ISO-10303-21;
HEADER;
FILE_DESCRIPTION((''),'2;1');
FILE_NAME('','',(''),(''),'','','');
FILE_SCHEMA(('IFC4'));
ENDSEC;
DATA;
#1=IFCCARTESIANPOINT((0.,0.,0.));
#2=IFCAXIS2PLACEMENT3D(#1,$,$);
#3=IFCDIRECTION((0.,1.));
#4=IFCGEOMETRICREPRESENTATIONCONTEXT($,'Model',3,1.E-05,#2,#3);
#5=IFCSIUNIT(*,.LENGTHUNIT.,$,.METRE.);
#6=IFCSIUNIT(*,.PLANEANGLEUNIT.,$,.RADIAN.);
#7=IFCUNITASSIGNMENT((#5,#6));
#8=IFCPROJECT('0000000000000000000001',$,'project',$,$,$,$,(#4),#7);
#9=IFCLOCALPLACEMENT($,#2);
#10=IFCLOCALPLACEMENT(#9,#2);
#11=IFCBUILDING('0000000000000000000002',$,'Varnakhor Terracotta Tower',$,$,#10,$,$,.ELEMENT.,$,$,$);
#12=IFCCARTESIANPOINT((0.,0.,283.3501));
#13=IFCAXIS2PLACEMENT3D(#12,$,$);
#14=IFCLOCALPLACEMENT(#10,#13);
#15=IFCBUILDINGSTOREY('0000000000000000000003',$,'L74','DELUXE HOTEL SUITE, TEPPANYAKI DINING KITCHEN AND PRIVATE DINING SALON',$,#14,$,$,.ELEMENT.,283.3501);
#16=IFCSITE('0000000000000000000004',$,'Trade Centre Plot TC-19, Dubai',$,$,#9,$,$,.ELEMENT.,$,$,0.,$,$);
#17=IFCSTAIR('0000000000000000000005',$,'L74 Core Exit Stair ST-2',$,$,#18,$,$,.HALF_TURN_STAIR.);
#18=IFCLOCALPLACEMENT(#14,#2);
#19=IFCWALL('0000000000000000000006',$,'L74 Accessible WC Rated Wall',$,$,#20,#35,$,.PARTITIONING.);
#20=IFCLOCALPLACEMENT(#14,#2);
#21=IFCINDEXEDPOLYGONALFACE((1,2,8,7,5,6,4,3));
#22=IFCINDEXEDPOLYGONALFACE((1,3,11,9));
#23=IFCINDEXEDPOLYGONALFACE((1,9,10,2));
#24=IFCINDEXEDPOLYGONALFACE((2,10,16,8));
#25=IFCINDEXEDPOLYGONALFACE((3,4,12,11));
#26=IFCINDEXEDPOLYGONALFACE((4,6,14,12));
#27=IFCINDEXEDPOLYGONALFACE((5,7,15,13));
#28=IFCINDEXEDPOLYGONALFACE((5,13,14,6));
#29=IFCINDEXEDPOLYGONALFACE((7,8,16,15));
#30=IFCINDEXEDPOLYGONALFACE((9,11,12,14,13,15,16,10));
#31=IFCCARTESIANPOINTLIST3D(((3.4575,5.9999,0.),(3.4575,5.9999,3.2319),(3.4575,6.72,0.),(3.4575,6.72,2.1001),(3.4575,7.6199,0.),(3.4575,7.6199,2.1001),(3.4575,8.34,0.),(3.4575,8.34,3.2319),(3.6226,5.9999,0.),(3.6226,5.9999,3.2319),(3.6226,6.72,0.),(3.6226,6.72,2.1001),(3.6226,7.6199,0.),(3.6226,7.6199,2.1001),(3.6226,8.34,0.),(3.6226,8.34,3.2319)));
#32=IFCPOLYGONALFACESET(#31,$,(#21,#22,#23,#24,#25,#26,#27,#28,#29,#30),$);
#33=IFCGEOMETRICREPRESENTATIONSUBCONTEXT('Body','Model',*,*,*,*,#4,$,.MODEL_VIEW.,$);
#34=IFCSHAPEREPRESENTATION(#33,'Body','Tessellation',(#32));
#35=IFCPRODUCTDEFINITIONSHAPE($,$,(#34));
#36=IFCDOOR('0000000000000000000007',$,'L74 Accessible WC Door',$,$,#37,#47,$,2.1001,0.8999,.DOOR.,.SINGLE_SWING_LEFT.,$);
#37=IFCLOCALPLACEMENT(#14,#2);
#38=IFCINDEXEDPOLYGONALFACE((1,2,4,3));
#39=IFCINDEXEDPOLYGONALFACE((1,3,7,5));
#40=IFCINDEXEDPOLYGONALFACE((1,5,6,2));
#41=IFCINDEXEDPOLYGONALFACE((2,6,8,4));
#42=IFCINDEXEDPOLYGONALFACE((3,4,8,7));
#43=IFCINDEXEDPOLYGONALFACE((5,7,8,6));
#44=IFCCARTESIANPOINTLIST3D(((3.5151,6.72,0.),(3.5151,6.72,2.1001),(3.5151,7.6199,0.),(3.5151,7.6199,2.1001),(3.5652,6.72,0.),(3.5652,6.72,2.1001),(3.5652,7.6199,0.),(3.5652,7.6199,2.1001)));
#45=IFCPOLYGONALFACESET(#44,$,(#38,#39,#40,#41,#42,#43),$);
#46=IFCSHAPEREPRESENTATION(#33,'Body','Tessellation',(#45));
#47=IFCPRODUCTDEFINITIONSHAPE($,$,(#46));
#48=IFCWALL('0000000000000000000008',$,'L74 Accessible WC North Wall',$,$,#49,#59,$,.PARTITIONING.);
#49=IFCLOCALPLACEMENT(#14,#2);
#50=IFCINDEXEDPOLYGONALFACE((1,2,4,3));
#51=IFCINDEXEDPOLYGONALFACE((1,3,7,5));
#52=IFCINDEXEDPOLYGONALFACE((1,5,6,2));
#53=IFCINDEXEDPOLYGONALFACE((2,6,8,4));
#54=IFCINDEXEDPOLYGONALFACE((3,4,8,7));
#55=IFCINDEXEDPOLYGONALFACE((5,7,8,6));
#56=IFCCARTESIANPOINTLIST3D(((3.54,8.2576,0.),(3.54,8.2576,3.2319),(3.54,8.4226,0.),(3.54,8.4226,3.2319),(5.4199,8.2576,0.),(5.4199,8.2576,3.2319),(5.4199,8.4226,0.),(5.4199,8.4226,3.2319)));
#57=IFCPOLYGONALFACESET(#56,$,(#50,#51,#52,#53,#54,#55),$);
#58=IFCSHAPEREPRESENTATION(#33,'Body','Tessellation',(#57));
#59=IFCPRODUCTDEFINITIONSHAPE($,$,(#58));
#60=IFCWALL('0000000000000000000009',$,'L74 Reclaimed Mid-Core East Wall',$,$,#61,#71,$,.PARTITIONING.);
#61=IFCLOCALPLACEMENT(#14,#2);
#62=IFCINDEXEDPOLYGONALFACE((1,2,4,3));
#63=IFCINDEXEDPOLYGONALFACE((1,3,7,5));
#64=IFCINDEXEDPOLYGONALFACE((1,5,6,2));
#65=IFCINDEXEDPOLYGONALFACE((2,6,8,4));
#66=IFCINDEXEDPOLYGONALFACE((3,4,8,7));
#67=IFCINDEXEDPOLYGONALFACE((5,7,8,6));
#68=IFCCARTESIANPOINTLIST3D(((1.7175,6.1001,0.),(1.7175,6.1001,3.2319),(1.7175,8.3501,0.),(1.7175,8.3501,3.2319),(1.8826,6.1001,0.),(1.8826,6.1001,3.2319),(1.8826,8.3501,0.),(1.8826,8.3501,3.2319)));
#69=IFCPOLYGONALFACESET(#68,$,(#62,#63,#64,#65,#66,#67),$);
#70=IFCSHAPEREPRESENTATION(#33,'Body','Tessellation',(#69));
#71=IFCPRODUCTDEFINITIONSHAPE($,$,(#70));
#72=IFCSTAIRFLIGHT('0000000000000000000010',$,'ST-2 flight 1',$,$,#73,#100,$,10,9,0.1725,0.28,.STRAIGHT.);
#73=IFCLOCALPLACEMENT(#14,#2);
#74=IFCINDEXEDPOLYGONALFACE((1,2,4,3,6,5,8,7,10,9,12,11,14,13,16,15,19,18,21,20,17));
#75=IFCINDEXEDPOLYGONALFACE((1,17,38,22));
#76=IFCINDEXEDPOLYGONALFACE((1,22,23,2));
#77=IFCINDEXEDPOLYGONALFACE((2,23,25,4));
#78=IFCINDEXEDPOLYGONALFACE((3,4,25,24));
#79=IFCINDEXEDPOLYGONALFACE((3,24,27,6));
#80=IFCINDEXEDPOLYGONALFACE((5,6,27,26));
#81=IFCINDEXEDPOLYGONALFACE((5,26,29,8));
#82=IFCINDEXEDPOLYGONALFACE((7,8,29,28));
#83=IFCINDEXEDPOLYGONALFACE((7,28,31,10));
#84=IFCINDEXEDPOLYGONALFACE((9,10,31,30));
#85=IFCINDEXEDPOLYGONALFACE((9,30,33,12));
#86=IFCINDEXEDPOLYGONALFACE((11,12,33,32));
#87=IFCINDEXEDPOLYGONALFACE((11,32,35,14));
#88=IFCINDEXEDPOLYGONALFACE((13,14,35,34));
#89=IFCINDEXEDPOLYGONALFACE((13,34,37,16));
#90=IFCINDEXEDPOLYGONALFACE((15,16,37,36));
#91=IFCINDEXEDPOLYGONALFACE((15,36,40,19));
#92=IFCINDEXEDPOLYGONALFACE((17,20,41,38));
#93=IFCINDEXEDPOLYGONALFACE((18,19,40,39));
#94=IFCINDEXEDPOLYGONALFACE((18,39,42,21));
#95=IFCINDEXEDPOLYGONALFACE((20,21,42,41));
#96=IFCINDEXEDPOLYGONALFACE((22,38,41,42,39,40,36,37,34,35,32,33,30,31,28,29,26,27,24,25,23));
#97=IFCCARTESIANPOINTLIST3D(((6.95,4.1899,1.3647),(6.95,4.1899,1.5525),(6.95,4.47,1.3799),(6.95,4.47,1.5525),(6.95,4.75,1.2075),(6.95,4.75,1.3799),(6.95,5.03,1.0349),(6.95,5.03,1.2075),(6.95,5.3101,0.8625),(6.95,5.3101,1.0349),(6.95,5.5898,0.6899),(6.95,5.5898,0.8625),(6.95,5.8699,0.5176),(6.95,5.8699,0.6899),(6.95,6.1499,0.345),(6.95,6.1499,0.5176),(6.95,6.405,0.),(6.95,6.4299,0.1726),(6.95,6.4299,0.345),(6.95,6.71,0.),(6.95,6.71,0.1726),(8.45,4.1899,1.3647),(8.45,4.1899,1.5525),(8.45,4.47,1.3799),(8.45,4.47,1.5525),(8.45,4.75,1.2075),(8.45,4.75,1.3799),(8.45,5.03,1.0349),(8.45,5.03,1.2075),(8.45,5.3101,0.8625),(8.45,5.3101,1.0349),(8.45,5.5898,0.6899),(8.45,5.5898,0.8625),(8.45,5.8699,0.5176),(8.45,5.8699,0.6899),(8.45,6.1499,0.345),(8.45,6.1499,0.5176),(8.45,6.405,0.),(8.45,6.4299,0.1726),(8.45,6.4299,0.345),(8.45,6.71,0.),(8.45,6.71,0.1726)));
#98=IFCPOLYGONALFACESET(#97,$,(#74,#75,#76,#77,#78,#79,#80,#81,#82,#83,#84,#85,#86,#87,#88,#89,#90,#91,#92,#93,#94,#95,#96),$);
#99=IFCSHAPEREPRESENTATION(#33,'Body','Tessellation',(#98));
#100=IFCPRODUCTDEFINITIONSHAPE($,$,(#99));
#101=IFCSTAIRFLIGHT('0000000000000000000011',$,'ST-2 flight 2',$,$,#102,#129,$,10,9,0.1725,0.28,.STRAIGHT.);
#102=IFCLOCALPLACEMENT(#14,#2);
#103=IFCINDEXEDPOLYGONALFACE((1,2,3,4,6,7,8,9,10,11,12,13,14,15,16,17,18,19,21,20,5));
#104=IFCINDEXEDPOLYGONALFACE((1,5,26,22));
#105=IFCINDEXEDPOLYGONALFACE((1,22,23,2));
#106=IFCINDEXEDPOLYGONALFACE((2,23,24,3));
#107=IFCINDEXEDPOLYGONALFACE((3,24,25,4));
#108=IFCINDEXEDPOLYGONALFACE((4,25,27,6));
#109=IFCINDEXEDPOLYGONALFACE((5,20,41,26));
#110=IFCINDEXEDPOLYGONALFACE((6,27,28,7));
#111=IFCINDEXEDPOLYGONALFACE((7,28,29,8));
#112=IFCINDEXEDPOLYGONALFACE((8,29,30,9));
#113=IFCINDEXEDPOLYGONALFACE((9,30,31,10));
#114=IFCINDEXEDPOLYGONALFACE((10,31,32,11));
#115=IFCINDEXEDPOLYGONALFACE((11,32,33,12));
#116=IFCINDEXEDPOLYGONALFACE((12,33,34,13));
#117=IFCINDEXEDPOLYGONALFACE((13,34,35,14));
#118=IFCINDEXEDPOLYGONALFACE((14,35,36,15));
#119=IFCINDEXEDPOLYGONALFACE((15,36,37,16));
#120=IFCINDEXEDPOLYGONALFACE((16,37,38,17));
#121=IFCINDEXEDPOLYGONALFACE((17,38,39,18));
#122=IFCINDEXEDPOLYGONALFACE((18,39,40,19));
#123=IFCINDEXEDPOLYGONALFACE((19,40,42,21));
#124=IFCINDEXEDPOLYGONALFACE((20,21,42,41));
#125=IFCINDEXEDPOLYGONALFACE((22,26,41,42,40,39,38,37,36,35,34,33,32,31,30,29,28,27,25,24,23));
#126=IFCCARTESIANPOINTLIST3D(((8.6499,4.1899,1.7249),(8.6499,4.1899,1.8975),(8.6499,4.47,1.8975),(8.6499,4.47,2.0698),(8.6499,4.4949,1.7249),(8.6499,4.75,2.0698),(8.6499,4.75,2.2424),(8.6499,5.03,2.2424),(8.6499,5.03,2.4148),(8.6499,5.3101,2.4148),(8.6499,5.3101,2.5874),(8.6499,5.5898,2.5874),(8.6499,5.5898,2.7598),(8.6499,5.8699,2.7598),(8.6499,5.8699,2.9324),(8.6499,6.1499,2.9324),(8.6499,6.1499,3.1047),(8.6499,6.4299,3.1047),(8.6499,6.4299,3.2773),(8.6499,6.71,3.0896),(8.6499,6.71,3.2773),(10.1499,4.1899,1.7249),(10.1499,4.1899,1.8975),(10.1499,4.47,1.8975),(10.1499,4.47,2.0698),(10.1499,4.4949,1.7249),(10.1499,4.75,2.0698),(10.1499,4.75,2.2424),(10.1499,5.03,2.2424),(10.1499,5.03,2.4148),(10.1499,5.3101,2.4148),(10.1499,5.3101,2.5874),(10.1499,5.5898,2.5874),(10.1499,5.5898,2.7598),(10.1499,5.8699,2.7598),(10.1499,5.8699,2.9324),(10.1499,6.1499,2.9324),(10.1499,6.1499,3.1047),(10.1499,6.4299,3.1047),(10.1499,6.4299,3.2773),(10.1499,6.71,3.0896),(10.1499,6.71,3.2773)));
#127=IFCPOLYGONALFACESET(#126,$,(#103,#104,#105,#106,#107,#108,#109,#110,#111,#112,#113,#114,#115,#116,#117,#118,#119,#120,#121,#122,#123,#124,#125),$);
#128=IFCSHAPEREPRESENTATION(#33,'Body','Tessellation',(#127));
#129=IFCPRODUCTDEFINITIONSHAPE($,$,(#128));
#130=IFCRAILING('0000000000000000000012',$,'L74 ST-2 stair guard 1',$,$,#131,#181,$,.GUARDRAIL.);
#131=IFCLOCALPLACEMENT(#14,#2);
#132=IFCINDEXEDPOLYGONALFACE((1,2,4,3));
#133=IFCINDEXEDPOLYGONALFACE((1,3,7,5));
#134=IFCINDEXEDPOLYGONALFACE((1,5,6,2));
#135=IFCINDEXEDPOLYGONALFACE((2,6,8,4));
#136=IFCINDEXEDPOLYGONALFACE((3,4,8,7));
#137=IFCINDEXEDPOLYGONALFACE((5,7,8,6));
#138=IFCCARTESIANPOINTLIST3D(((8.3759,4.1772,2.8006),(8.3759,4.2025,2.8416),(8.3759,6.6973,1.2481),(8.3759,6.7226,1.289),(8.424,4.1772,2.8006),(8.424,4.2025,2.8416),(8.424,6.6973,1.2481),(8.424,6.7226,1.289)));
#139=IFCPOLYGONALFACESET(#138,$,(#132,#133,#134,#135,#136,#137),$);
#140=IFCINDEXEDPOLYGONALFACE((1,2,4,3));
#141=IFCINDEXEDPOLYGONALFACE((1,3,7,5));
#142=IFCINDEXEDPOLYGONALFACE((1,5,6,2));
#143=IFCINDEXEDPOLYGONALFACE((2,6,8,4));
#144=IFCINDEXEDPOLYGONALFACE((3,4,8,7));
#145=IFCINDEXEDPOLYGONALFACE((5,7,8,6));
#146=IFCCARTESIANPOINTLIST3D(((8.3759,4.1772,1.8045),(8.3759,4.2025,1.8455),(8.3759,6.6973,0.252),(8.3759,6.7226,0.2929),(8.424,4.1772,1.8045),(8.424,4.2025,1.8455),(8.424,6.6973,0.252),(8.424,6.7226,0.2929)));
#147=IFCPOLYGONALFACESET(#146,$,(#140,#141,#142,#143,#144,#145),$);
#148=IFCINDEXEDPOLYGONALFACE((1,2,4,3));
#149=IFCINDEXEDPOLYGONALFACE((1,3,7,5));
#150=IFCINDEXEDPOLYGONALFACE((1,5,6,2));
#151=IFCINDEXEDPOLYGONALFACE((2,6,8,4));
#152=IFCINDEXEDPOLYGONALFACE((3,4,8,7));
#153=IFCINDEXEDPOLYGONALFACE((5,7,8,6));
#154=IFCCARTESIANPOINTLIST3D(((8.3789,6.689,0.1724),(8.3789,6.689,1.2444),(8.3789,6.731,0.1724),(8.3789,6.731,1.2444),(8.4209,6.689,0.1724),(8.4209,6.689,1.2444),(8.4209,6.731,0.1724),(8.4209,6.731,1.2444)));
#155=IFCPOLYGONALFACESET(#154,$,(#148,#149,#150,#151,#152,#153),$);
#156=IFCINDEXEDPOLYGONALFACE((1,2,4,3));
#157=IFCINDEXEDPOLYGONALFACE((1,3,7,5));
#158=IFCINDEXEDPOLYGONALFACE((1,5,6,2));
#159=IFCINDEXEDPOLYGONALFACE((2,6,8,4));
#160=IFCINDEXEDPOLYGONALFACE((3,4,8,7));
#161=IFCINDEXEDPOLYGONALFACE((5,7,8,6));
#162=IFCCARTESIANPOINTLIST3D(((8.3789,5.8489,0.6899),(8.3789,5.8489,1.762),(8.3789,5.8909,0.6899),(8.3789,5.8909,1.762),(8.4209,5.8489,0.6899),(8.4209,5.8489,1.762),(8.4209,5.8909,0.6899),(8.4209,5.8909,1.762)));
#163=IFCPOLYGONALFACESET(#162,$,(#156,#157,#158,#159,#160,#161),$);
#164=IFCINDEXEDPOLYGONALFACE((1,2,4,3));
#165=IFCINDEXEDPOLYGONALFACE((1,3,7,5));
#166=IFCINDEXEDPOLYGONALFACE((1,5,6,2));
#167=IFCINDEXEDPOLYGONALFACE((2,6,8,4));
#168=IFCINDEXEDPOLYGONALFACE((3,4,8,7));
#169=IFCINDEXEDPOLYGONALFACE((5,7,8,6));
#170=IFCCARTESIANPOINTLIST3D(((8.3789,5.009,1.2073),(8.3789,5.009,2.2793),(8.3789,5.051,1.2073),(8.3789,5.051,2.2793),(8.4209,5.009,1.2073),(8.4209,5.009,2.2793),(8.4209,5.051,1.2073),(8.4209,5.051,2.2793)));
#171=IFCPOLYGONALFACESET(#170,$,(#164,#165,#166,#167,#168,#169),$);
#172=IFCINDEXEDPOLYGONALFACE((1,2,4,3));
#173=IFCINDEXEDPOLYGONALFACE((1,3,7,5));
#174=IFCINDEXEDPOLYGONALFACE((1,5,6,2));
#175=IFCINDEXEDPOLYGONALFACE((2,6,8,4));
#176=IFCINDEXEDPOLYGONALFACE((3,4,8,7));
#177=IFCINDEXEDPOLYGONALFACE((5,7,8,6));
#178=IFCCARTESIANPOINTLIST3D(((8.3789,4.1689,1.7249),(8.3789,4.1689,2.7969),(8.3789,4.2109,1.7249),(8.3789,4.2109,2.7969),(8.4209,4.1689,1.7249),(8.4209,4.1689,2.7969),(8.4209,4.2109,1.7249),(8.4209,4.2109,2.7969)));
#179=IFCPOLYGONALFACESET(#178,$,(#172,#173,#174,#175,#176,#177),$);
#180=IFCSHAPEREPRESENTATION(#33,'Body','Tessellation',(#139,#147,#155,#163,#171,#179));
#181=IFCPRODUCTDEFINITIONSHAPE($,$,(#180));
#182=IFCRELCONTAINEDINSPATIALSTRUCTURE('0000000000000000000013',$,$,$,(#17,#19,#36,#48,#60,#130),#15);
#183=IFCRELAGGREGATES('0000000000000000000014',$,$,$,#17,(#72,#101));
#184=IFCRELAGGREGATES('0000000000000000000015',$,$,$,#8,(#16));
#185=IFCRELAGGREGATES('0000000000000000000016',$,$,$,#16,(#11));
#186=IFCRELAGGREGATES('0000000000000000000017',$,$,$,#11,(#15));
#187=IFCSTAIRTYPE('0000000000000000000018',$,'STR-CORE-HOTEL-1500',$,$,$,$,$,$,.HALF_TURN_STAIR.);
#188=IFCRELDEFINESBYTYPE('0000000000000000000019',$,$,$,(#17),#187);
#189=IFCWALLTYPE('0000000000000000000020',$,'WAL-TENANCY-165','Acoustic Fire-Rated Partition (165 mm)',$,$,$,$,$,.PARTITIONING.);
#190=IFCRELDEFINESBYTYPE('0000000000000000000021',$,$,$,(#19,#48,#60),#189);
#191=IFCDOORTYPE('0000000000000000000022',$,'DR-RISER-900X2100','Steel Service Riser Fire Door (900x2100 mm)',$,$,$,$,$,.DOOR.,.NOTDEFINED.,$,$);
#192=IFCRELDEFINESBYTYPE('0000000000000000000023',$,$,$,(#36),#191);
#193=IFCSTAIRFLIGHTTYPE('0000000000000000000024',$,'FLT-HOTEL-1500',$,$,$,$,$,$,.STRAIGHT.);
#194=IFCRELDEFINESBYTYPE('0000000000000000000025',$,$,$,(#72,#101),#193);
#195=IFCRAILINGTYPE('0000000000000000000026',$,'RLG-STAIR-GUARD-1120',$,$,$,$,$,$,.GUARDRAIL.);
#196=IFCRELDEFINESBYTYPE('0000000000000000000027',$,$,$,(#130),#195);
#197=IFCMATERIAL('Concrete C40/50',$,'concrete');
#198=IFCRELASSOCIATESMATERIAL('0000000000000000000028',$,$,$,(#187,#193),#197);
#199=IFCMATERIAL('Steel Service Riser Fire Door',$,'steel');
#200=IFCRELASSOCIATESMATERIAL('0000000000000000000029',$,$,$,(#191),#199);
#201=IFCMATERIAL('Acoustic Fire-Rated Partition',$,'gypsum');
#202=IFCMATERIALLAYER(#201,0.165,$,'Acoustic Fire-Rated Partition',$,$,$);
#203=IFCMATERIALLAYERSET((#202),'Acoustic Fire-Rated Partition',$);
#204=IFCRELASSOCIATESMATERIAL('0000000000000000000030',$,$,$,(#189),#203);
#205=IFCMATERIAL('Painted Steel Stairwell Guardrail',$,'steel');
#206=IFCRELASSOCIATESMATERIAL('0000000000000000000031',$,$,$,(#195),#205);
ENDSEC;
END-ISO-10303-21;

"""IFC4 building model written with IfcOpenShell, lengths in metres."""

from ifc_helpers import new_model, si_unit, direction, frame, frame_2d, origin, origin_2d, place, context, subcontext, project, spatial, polyline, rectangle, outline, extrude, source, transform, mapped, material, layer, layer_set, type_object, type_shapes, element, fill, aggregate, save


model = new_model("IFC4")

# Units and contexts
model_context = context("Model", 3, precision=1e-05, world=origin(), true_north=direction((0.0, 1.0)))
body_context = subcontext(model_context, "Body", "Model", "MODEL_VIEW")
ifc_project = project(units=[si_unit("LENGTHUNIT", "METRE"), si_unit("PLANEANGLEUNIT", "RADIAN")], contexts=[model_context])

# Site, building, storey
site_placement = place(None, origin())
site = spatial("IfcSite", under=ifc_project, at=site_placement, Name="Trade Centre Plot TC-19, Dubai", CompositionType="ELEMENT", RefElevation=0.0)
building_placement = place(site_placement, origin())
building = spatial("IfcBuilding", under=site, at=building_placement, Name="Varnakhor Terracotta Tower", CompositionType="ELEMENT")
storey_placement = place(building_placement, frame((0.0, 0.0, 283.3501)))
storey = spatial("IfcBuildingStorey", under=building, at=storey_placement, Name="L74", Description="DELUXE HOTEL SUITE, TEPPANYAKI DINING KITCHEN AND PRIVATE DINING SALON", CompositionType="ELEMENT", Elevation=283.3501)

# Shared definitions
ifc_material_1 = material(Name="Concrete C40/50", Category="concrete")

# Stair
stair_type = type_object("IfcStairType", Name="STR-CORE-HOTEL-1500", PredefinedType="HALF_TURN_STAIR", material=ifc_material_1)
stair_1_placement = place(storey_placement, origin())
stair_1 = element("IfcStair", 1, at=stair_1_placement, inside=storey, type_object=stair_type, Name="L74 Core Exit Stair ST-2", PredefinedType="HALF_TURN_STAIR")

# Shared definitions
ifc_material_2 = material(Name="Acoustic Fire-Rated Partition", Category="gypsum")

# Wall, opening, door
ifc_material_3 = material(Name="Steel Service Riser Fire Door", Category="steel")
door_type_1 = type_object("IfcDoorType", Name="DR-RISER-900X2100", Description="Steel Service Riser Fire Door (900x2100 mm)", OperationType="NOTDEFINED", PredefinedType="DOOR", material=ifc_material_3)
shared_shape_1 = source(origin(), body_context, "Body", "SweptSolid", [
    extrude(rectangle(XDim=0.8999, YDim=2.1001, at=frame_2d((0.45, 1.05))), frame((0.0, 0.0249, 0.0), z_axis=(0.0, -1.0, 0.0), x_axis=(1.0, 0.0, 0.0)), (0.0, 0.0, 1.0), 0.05),
])
type_shapes(door_type_1, [shared_shape_1])
ifc_layer_1 = layer(ifc_material_2, 0.165, Name="Acoustic Fire-Rated Partition")
ifc_layer_set_1 = layer_set([ifc_layer_1], Name="Acoustic Fire-Rated Partition")
wall_type_1 = type_object("IfcWallType", Name="WAL-TENANCY-165", Description="Acoustic Fire-Rated Partition (165 mm)", PredefinedType="PARTITIONING", material=ifc_layer_set_1)
wall_1_placement = place(storey_placement, frame((3.54, 6.0, 0.0), z_axis=(0.0, 0.0, 1.0), x_axis=(0.0, 1.0, 0.0)))
wall_1 = element("IfcWall", 2, at=wall_1_placement, inside=storey, type_object=wall_type_1, Name="L74 Accessible WC Rated Wall", PredefinedType="PARTITIONING", context=body_context, shape_type="SweptSolid", body=[
    extrude(rectangle(XDim=2.3401, YDim=0.165, at=frame_2d((1.1699, 0.0))), origin(), (0.0, 0.0, 1.0), 3.2319),
])
opening_1_placement = place(wall_1_placement, frame((0.72, 0.0, 0.0)))
opening_1 = element("IfcOpeningElement", 3, at=opening_1_placement, cuts=wall_1, PredefinedType="OPENING", context=body_context, shape_type="SweptSolid", body=[
    extrude(rectangle(XDim=0.8999, YDim=2.1001, at=frame_2d((0.45, 1.05))), frame((0.0, 0.0925, 0.0), z_axis=(0.0, -1.0, 0.0), x_axis=(1.0, 0.0, 0.0)), (0.0, 0.0, 1.0), 0.1851),
])
door_1_placement = place(opening_1_placement, origin())
door_1 = element("IfcDoor", 4, at=door_1_placement, inside=storey, type_object=door_type_1, Name="L74 Accessible WC Door", OperationType="SINGLE_SWING_LEFT", OverallHeight=2.1001, OverallWidth=0.8999, PredefinedType="DOOR", context=body_context, shape_type="MappedRepresentation", body=[
    mapped(shared_shape_1, transform((0.0, 0.0, 0.0), scale=1.0)),
])
fill(opening_1, door_1)

# Walls
wall_2_placement = place(storey_placement, frame((3.54, 8.3401, 0.0), z_axis=(0.0, 0.0, 1.0), x_axis=(1.0, 0.0, 0.0)))
element("IfcWall", 5, at=wall_2_placement, inside=storey, type_object=wall_type_1, Name="L74 Accessible WC North Wall", PredefinedType="PARTITIONING", context=body_context, shape_type="SweptSolid", body=[
    extrude(rectangle(XDim=1.8799, YDim=0.165, at=frame_2d((0.9399, 0.0))), origin(), (0.0, 0.0, 1.0), 3.2319),
])
wall_3_placement = place(storey_placement, frame((1.8, 6.1001, 0.0), z_axis=(0.0, 0.0, 1.0), x_axis=(0.0, 1.0, 0.0)))
element("IfcWall", 6, at=wall_3_placement, inside=storey, type_object=wall_type_1, Name="L74 Reclaimed Mid-Core East Wall", PredefinedType="PARTITIONING", context=body_context, shape_type="SweptSolid", body=[
    extrude(rectangle(XDim=2.25, YDim=0.165, at=frame_2d((1.125, 0.0))), origin(), (0.0, 0.0, 1.0), 3.2319),
])

# Stair flights
stair_flight_type = type_object("IfcStairFlightType", Name="FLT-HOTEL-1500", PredefinedType="STRAIGHT", material=ifc_material_1)
stair_flight_1_placement = place(storey_placement, frame((7.7, 6.71, 0.0), z_axis=(0.0, 0.0, 1.0), x_axis=(0.0, -1.0, 0.0)))
stair_flight_1 = element("IfcStairFlight", 7, at=stair_flight_1_placement, type_object=stair_flight_type, Name="ST-2 flight 1", NumberOfRisers=10, NumberOfTreads=9, PredefinedType="STRAIGHT", RiserHeight=0.1725, TreadLength=0.28, context=body_context, shape_type="SweptSolid", body=[
    extrude(outline(polyline([(0.0, 0.0), (0.0, 0.1726), (0.28, 0.1726), (0.28, 0.345), (0.5601, 0.345), (0.5601, 0.5176), (0.8401, 0.5176), (0.8401, 0.6899), (1.1201, 0.6899), (1.1201, 0.8625), (1.3999, 0.8625), (1.3999, 1.0349), (1.6799, 1.0349), (1.6799, 1.2075), (1.96, 1.2075), (1.96, 1.3799), (2.24, 1.3799), (2.24, 1.5525), (2.52, 1.5525), (2.52, 1.7251), (2.52, 1.3647), (0.3049, 0.0), (0.0, 0.0)])), frame((0.0, 0.75, 0.0), z_axis=(0.0, -1.0, 0.0), x_axis=(1.0, 0.0, 0.0)), (0.0, 0.0, 1.0), 1.5),
])
stair_flight_2_placement = place(storey_placement, frame((9.3999, 4.1899, 1.7249), z_axis=(0.0, 0.0, 1.0), x_axis=(0.0, 1.0, 0.0)))
stair_flight_2 = element("IfcStairFlight", 8, at=stair_flight_2_placement, type_object=stair_flight_type, Name="ST-2 flight 2", NumberOfRisers=10, NumberOfTreads=9, PredefinedType="STRAIGHT", RiserHeight=0.1725, TreadLength=0.28, context=body_context, shape_type="SweptSolid", body=[
    extrude(outline(polyline([(0.0, 0.0), (0.0, 0.1726), (0.28, 0.1726), (0.28, 0.345), (0.5601, 0.345), (0.5601, 0.5176), (0.8401, 0.5176), (0.8401, 0.6899), (1.1201, 0.6899), (1.1201, 0.8625), (1.3999, 0.8625), (1.3999, 1.0349), (1.6799, 1.0349), (1.6799, 1.2075), (1.96, 1.2075), (1.96, 1.3799), (2.24, 1.3799), (2.24, 1.5525), (2.52, 1.5525), (2.52, 1.7251), (2.52, 1.3647), (0.3049, 0.0), (0.0, 0.0)])), frame((0.0, 0.75, 0.0), z_axis=(0.0, -1.0, 0.0), x_axis=(1.0, 0.0, 0.0)), (0.0, 0.0, 1.0), 1.5),
])
aggregate(stair_1, [stair_flight_1, stair_flight_2])

# Railing
ifc_material_4 = material(Name="Painted Steel Stairwell Guardrail", Category="steel")
railing_type_1 = type_object("IfcRailingType", Name="RLG-STAIR-GUARD-1120", PredefinedType="GUARDRAIL", material=ifc_material_4)
railing_1_placement = place(storey_placement, frame((8.3999, 6.71, 0.1724)))
element("IfcRailing", 9, at=railing_1_placement, inside=storey, type_object=railing_type_1, Name="L74 ST-2 stair guard 1", PredefinedType="GUARDRAIL", context=body_context, shape_type="SweptSolid", body=[
    extrude(rectangle(XDim=0.0481, YDim=0.0481, at=origin_2d()), frame((0.0, 0.0, 1.0962), z_axis=(0.0, -0.8514, 0.524516), x_axis=(1.0, 0.0, 0.0)), (0.0, 0.0, 1.0), 2.96),
    extrude(rectangle(XDim=0.0481, YDim=0.0481, at=origin_2d()), frame((0.0, 0.0, 0.1001), z_axis=(0.0, -0.8514, 0.524516), x_axis=(1.0, 0.0, 0.0)), (0.0, 0.0, 1.0), 2.96),
    extrude(rectangle(XDim=0.042, YDim=0.042, at=origin_2d()), origin(), (0.0, 0.0, 1.0), 1.072),
    extrude(rectangle(XDim=0.042, YDim=0.042, at=origin_2d()), frame((0.0, -0.8401, 0.5176)), (0.0, 0.0, 1.0), 1.072),
    extrude(rectangle(XDim=0.042, YDim=0.042, at=origin_2d()), frame((0.0, -1.6799, 1.0349)), (0.0, 0.0, 1.0), 1.072),
    extrude(rectangle(XDim=0.042, YDim=0.042, at=origin_2d()), frame((0.0, -2.52, 1.5525)), (0.0, 0.0, 1.0), 1.072),
])

save(model, "model.ifc")
